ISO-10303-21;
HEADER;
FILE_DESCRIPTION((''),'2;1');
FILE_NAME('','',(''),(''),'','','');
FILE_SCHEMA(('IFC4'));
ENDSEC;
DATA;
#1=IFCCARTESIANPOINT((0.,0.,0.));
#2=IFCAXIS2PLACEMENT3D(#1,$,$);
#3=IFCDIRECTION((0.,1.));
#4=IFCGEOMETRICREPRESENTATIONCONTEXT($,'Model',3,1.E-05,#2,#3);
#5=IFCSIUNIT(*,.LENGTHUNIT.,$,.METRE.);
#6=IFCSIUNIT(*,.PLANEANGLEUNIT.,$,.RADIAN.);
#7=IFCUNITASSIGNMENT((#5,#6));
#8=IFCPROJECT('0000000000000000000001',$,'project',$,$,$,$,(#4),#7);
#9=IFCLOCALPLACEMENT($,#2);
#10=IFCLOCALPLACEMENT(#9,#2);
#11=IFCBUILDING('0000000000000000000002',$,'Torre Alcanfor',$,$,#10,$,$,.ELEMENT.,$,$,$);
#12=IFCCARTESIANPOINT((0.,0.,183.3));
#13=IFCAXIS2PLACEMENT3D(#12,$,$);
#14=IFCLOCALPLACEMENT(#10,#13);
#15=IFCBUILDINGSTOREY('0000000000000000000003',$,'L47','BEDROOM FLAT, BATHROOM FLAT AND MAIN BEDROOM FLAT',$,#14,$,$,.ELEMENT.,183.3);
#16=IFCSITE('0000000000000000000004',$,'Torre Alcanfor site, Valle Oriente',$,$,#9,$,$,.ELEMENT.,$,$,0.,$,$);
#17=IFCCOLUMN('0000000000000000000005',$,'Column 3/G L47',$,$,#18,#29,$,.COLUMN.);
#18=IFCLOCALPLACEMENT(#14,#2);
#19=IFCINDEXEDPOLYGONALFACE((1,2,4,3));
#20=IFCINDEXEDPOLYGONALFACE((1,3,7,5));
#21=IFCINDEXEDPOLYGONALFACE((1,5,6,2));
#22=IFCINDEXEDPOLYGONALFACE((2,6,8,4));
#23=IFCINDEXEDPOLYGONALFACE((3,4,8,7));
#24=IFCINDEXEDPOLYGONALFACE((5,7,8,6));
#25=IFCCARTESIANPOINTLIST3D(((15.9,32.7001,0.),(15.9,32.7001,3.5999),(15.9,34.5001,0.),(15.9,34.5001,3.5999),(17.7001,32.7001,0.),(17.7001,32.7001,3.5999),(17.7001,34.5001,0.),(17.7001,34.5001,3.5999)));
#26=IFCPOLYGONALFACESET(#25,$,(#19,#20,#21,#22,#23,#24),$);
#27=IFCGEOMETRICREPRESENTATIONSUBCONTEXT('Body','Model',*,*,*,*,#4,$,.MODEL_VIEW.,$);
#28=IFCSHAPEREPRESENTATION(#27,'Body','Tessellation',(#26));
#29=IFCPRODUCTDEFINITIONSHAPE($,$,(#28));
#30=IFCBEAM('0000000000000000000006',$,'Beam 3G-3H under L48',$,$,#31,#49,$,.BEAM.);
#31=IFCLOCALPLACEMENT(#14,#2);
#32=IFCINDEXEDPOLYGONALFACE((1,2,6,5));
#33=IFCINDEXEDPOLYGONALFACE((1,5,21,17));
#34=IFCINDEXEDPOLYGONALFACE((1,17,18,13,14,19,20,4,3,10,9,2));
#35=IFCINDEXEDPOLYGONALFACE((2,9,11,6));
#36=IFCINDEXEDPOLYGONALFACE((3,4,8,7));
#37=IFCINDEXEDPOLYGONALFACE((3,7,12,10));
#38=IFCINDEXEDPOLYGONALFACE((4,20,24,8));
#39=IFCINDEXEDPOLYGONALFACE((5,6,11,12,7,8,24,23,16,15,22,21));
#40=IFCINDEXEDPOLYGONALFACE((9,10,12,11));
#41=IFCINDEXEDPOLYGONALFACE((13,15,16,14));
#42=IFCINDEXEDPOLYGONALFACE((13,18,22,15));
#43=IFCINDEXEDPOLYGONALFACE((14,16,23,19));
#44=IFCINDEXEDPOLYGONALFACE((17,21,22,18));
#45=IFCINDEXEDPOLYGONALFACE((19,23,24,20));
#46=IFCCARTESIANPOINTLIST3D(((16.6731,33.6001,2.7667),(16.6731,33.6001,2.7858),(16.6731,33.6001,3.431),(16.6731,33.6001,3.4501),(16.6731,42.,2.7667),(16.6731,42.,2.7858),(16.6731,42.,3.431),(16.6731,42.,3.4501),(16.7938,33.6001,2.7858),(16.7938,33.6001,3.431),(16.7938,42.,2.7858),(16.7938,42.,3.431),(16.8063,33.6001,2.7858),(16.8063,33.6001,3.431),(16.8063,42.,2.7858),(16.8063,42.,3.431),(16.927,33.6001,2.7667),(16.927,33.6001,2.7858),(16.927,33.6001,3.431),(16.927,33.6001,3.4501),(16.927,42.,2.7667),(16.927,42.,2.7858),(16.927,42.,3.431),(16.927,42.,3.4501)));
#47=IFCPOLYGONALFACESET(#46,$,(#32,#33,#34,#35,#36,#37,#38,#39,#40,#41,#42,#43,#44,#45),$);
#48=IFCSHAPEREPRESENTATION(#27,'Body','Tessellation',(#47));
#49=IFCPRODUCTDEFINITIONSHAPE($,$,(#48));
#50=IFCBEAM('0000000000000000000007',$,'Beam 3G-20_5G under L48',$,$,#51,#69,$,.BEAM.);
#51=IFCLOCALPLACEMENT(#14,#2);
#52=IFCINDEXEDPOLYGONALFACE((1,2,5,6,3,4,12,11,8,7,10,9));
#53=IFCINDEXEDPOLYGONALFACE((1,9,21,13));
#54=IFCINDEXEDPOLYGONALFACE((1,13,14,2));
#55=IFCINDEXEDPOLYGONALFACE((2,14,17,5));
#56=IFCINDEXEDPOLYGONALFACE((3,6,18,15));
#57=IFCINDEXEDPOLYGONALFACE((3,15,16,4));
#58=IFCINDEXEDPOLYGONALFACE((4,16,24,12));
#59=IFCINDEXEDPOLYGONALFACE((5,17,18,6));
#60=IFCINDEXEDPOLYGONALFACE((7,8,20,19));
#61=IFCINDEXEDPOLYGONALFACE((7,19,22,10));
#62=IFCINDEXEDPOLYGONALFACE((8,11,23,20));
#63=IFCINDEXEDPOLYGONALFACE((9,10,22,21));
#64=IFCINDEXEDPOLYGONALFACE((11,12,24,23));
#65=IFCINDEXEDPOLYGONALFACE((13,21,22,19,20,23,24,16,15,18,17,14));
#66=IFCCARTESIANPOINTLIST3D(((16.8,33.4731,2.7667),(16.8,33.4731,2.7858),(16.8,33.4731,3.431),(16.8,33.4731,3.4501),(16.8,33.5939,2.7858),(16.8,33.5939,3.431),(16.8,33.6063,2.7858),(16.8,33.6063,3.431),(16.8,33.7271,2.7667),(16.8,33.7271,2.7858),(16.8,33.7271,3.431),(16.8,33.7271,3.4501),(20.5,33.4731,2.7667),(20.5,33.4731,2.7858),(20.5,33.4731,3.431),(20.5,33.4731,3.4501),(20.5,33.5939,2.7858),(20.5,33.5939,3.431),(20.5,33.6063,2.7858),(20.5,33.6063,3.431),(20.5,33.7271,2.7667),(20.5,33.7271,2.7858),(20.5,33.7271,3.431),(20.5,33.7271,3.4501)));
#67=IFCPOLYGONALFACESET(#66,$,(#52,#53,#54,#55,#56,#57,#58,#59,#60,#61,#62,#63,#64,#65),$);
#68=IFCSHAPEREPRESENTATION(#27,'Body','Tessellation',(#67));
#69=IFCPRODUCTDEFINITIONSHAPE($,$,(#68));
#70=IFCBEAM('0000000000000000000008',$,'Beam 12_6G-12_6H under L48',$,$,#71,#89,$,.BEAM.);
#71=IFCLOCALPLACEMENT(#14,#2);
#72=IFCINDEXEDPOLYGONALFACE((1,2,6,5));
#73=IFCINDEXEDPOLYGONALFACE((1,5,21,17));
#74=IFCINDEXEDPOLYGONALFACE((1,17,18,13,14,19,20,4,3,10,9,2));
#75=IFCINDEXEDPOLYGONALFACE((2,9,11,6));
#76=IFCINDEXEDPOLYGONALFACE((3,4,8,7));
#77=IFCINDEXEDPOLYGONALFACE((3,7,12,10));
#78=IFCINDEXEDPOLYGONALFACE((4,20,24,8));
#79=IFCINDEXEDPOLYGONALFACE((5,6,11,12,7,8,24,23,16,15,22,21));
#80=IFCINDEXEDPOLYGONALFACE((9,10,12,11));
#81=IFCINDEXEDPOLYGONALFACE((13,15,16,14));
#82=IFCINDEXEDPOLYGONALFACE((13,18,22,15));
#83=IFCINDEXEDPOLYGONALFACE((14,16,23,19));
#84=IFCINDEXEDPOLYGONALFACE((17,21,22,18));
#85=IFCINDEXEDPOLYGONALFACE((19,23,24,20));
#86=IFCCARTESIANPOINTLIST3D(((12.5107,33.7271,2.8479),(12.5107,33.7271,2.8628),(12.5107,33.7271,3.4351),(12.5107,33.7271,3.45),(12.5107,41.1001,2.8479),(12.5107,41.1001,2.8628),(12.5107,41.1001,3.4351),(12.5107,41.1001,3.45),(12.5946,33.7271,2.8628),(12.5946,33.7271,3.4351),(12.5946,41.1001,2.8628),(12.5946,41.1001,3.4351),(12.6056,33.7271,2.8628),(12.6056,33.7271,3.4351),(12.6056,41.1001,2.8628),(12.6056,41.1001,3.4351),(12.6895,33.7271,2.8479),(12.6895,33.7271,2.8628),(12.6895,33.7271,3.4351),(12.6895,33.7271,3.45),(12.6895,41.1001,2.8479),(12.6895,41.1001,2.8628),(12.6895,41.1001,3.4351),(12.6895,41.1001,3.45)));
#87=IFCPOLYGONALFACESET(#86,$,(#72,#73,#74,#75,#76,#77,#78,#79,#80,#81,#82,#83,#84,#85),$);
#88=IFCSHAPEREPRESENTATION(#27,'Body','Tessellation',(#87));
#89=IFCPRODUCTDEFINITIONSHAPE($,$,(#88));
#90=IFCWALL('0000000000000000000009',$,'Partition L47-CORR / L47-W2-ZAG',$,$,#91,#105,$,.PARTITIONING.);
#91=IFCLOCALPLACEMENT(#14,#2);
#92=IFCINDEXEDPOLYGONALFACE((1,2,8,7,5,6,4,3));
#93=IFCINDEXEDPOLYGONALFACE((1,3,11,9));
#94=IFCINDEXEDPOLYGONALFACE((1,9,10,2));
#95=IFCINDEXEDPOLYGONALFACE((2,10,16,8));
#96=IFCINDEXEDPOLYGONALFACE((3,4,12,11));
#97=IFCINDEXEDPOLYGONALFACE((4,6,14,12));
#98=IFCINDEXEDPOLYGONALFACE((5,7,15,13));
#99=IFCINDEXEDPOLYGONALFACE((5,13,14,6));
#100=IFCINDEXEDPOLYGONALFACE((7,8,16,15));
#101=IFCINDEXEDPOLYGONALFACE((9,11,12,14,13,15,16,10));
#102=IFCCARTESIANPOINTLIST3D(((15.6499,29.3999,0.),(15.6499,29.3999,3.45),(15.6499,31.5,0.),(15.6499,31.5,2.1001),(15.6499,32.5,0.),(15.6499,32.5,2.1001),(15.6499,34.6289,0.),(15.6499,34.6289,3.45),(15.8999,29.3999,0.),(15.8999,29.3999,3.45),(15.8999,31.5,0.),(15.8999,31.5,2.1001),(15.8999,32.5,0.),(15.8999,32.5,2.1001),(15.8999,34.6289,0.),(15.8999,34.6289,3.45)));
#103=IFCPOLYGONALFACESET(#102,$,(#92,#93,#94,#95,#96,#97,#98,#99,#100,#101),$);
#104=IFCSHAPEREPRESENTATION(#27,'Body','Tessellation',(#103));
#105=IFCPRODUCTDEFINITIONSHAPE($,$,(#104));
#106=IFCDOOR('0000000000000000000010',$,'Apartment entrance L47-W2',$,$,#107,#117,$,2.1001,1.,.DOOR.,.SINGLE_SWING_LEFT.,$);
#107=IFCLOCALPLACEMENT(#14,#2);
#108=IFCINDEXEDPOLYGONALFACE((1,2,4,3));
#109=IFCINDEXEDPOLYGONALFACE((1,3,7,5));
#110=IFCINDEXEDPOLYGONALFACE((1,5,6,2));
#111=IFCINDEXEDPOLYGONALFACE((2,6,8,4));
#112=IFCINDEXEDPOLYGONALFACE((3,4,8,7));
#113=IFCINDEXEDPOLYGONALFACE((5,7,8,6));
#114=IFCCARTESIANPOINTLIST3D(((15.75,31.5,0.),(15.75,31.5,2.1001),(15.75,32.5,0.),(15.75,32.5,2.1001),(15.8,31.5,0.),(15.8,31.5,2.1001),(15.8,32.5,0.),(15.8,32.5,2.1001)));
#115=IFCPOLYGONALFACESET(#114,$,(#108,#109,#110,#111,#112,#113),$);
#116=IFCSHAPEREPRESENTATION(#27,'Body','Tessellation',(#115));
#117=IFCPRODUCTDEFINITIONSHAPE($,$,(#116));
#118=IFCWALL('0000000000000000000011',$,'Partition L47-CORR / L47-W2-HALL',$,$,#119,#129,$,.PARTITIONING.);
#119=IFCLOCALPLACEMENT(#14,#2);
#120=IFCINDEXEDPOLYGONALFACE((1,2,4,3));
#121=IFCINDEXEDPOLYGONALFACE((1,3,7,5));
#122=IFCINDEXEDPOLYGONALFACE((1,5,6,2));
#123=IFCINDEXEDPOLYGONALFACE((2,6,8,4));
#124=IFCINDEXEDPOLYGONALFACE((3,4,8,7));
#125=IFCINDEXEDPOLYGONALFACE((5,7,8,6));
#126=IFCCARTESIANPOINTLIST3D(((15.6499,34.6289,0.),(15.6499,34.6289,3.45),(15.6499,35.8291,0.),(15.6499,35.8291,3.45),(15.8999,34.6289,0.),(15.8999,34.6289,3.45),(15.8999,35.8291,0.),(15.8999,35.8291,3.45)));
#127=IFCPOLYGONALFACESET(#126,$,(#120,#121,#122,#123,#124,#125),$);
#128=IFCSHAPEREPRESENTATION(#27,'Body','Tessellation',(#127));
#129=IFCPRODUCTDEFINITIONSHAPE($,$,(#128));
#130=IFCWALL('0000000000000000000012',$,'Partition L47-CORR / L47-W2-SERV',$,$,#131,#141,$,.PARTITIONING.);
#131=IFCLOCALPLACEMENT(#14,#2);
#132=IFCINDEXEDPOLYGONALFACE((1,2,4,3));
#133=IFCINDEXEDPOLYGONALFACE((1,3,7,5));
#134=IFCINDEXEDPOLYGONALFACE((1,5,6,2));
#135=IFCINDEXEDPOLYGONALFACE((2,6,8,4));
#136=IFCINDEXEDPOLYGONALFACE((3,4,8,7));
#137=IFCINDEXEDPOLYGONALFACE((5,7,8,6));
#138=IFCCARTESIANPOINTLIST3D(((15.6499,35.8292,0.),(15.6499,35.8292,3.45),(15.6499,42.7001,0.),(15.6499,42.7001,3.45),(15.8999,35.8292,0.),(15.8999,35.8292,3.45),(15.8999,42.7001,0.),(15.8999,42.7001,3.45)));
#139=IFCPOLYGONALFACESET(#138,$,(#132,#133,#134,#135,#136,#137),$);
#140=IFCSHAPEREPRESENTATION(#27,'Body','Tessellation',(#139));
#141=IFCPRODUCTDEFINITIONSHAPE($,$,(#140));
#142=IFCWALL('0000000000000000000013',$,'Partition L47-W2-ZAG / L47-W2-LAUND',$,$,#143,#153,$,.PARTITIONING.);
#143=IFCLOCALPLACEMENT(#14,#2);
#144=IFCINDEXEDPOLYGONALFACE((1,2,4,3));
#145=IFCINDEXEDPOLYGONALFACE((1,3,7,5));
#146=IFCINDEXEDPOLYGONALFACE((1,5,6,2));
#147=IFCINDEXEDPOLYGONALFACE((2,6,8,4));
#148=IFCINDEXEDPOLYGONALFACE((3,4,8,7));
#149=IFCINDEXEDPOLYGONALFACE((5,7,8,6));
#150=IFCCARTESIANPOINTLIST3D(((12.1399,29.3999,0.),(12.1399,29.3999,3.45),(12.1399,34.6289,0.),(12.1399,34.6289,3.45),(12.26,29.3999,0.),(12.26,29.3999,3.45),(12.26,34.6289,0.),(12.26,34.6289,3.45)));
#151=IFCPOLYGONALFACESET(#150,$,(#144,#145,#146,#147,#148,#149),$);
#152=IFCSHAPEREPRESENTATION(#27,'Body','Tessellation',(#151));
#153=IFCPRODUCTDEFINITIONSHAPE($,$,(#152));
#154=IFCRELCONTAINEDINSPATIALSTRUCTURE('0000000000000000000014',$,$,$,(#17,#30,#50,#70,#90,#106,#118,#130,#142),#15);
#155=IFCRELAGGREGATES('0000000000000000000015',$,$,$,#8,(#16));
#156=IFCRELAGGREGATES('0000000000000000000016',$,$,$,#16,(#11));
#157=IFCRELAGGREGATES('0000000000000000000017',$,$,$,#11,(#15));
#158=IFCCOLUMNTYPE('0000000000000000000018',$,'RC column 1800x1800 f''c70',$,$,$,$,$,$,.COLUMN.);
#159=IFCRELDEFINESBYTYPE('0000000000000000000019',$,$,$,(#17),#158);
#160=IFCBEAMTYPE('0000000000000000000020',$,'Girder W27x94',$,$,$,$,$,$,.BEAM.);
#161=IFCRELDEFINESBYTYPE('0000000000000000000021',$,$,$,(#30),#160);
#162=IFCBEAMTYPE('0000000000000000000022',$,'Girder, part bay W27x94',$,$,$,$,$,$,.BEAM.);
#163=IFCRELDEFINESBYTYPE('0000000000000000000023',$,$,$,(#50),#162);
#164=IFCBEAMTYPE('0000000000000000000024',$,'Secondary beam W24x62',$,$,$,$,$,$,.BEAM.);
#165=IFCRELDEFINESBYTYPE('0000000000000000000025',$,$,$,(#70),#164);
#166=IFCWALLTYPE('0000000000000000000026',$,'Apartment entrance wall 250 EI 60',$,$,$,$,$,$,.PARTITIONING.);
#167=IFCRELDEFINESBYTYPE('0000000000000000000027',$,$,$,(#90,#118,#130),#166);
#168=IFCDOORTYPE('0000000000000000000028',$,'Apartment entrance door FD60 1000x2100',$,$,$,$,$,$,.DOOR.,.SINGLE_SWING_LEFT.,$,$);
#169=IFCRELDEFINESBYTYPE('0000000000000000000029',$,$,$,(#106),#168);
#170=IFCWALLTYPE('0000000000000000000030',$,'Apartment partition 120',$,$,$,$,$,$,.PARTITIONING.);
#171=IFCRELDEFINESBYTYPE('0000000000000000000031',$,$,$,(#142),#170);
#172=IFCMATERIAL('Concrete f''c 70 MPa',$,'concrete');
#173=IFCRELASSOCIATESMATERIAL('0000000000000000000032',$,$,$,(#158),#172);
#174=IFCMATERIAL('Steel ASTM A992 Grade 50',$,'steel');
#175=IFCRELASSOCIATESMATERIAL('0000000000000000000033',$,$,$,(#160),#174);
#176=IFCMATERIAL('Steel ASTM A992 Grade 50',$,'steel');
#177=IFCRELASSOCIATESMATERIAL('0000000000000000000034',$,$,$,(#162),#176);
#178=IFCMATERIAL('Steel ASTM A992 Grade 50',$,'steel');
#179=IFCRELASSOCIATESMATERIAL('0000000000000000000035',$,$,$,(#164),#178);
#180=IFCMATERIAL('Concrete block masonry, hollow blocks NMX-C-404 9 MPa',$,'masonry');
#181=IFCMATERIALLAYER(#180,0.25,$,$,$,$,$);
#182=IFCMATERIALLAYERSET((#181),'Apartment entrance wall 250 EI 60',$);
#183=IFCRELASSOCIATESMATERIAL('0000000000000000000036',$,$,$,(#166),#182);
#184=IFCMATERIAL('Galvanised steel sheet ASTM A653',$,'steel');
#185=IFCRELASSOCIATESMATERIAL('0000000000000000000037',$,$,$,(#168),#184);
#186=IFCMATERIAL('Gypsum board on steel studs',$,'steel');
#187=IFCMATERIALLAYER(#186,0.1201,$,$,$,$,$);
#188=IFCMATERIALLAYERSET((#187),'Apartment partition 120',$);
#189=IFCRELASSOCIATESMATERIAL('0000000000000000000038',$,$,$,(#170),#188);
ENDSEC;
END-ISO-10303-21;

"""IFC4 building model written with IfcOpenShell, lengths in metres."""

from ifc_helpers import new_model, si_unit, direction, frame, frame_2d, origin, origin_2d, place, context, subcontext, project, spatial, rectangle, i_section, extrude, material, layer, layer_set, material_profile, profile_set, type_object, element, fill, save


model = new_model("IFC4")

# Units and contexts
model_context = context("Model", 3, precision=1e-05, world=origin(), true_north=direction((0.0, 1.0)))
body_context = subcontext(model_context, "Body", "Model", "MODEL_VIEW")
ifc_project = project(units=[si_unit("LENGTHUNIT", "METRE"), si_unit("PLANEANGLEUNIT", "RADIAN")], contexts=[model_context])

# Site, building, storey
site_placement = place(None, origin())
site = spatial("IfcSite", under=ifc_project, at=site_placement, Name="Torre Alcanfor site, Valle Oriente", CompositionType="ELEMENT", RefElevation=0.0)
building_placement = place(site_placement, origin())
building = spatial("IfcBuilding", under=site, at=building_placement, Name="Torre Alcanfor", CompositionType="ELEMENT")
storey_placement = place(building_placement, frame((0.0, 0.0, 183.3)))
storey = spatial("IfcBuildingStorey", under=building, at=storey_placement, Name="L47", Description="BEDROOM FLAT, BATHROOM FLAT AND MAIN BEDROOM FLAT", CompositionType="ELEMENT", Elevation=183.3)

# Column
ifc_material_1 = material(Name="Concrete f'c 70 MPa", Category="concrete")
ifc_material_profile_1 = material_profile(ifc_material_1, rectangle(XDim=1.8, YDim=1.8, at=origin_2d()), Name="1800x1800")
ifc_profile_set_1 = profile_set([ifc_material_profile_1], Name="Concrete f'c 70 MPa")
column_type = type_object("IfcColumnType", Name="RC column 1800x1800 f'c70", PredefinedType="COLUMN", material=ifc_profile_set_1)
column_placement = place(storey_placement, frame((16.8, 33.6001, 0.0), z_axis=(0.0, 0.0, 1.0), x_axis=(1.0, 0.0, 0.0)))
element("IfcColumn", 1, at=column_placement, inside=storey, type_object=column_type, Name="Column 3/G L47", PredefinedType="COLUMN", context=body_context, shape_type="SweptSolid", body=[
    extrude(rectangle(XDim=1.8, YDim=1.8, at=origin_2d()), origin(), (0.0, 0.0, 1.0), 3.5999),
])

# Beams
ifc_material_2 = material(Name="Steel ASTM A992 Grade 50", Category="steel")
ifc_material_profile_2 = material_profile(ifc_material_2, i_section(OverallWidth=0.2539, OverallDepth=0.6833, WebThickness=0.0125, FlangeThickness=0.019, at=origin_2d()), Name="W27x94")
ifc_profile_set_2 = profile_set([ifc_material_profile_2], Name="Steel ASTM A992 Grade 50")
beam_type_1 = type_object("IfcBeamType", Name="Girder W27x94", PredefinedType="BEAM", material=ifc_profile_set_2)
beam_1_placement = place(storey_placement, frame((16.8, 33.6001, 3.1084), z_axis=(0.0, 1.0, 0.0), x_axis=(-1.0, 0.0, 0.0)))
element("IfcBeam", 2, at=beam_1_placement, inside=storey, type_object=beam_type_1, Name="Beam 3G-3H under L48", PredefinedType="BEAM", context=body_context, shape_type="SweptSolid", body=[
    extrude(i_section(OverallWidth=0.2539, OverallDepth=0.6833, WebThickness=0.0125, FlangeThickness=0.019, at=origin_2d()), origin(), (0.0, 0.0, 1.0), 8.3999),
])
ifc_material_3 = material(Name="Steel ASTM A992 Grade 50", Category="steel")
ifc_material_profile_3 = material_profile(ifc_material_3, i_section(OverallWidth=0.2539, OverallDepth=0.6833, WebThickness=0.0125, FlangeThickness=0.019, at=origin_2d()), Name="W27x94")
ifc_profile_set_3 = profile_set([ifc_material_profile_3], Name="Steel ASTM A992 Grade 50")
beam_type_2 = type_object("IfcBeamType", Name="Girder, part bay W27x94", PredefinedType="BEAM", material=ifc_profile_set_3)
beam_2_placement = place(storey_placement, frame((16.8, 33.6001, 3.1084), z_axis=(1.0, 0.0, 0.0), x_axis=(0.0, 1.0, 0.0)))
element("IfcBeam", 3, at=beam_2_placement, inside=storey, type_object=beam_type_2, Name="Beam 3G-20_5G under L48", PredefinedType="BEAM", context=body_context, shape_type="SweptSolid", body=[
    extrude(i_section(OverallWidth=0.2539, OverallDepth=0.6833, WebThickness=0.0125, FlangeThickness=0.019, at=origin_2d()), origin(), (0.0, 0.0, 1.0), 3.7),
])
ifc_material_4 = material(Name="Steel ASTM A992 Grade 50", Category="steel")
ifc_material_profile_4 = material_profile(ifc_material_4, i_section(OverallWidth=0.1787, OverallDepth=0.6021, WebThickness=0.011, FlangeThickness=0.0149, at=origin_2d()), Name="W24x62")
ifc_profile_set_4 = profile_set([ifc_material_profile_4], Name="Steel ASTM A992 Grade 50")
beam_type_3 = type_object("IfcBeamType", Name="Secondary beam W24x62", PredefinedType="BEAM", material=ifc_profile_set_4)
beam_3_placement = place(storey_placement, frame((12.6001, 33.7271, 3.1489), z_axis=(0.0, 1.0, 0.0), x_axis=(-1.0, 0.0, 0.0)))
element("IfcBeam", 4, at=beam_3_placement, inside=storey, type_object=beam_type_3, Name="Beam 12_6G-12_6H under L48", PredefinedType="BEAM", context=body_context, shape_type="SweptSolid", body=[
    extrude(i_section(OverallWidth=0.1787, OverallDepth=0.6021, WebThickness=0.011, FlangeThickness=0.0149, at=origin_2d()), origin(), (0.0, 0.0, 1.0), 7.373),
])

# Wall, opening, door
ifc_material_5 = material(Name="Concrete block masonry, hollow blocks NMX-C-404 9 MPa", Category="masonry")
ifc_layer_1 = layer(ifc_material_5, 0.25)
ifc_layer_set_1 = layer_set([ifc_layer_1], Name="Apartment entrance wall 250 EI 60")
wall_type_1 = type_object("IfcWallType", Name="Apartment entrance wall 250 EI 60", PredefinedType="PARTITIONING", material=ifc_layer_set_1)
wall_1_placement = place(storey_placement, frame((15.7749, 29.3999, 0.0), z_axis=(0.0, 0.0, 1.0), x_axis=(0.0, 1.0, 0.0)))
wall_1 = element("IfcWall", 5, at=wall_1_placement, inside=storey, type_object=wall_type_1, Name="Partition L47-CORR / L47-W2-ZAG", PredefinedType="PARTITIONING", context=body_context, shape_type="SweptSolid", body=[
    extrude(rectangle(XDim=5.229, YDim=0.25, at=frame_2d((2.6145, 0.0))), origin(), (0.0, 0.0, 1.0), 3.45),
])
opening_1_placement = place(wall_1_placement, frame((2.1001, 0.0, 0.0)))
opening_1 = element("IfcOpeningElement", 6, at=opening_1_placement, cuts=wall_1, PredefinedType="OPENING", context=body_context, shape_type="SweptSolid", body=[
    extrude(rectangle(XDim=1.0, YDim=2.1001, at=frame_2d((0.5, 1.05))), frame((0.0, 0.135, 0.0), z_axis=(0.0, -1.0, 0.0), x_axis=(1.0, 0.0, 0.0)), (0.0, 0.0, 1.0), 0.27),
])
ifc_material_6 = material(Name="Galvanised steel sheet ASTM A653", Category="steel")
door_type_1 = type_object("IfcDoorType", Name="Apartment entrance door FD60 1000x2100", OperationType="SINGLE_SWING_LEFT", PredefinedType="DOOR", material=ifc_material_6)
door_1_placement = place(opening_1_placement, origin())
door_1 = element("IfcDoor", 7, at=door_1_placement, inside=storey, type_object=door_type_1, Name="Apartment entrance L47-W2", OperationType="SINGLE_SWING_LEFT", OverallHeight=2.1001, OverallWidth=1.0, PredefinedType="DOOR", context=body_context, shape_type="SweptSolid", body=[
    extrude(rectangle(XDim=1.0, YDim=2.1001, at=frame_2d((0.5, 1.05))), frame((0.0, 0.0249, 0.0), z_axis=(0.0, -1.0, 0.0), x_axis=(1.0, 0.0, 0.0)), (0.0, 0.0, 1.0), 0.05),
])
fill(opening_1, door_1)

# Walls
wall_2_placement = place(storey_placement, frame((15.7749, 34.6289, 0.0), z_axis=(0.0, 0.0, 1.0), x_axis=(0.0, 1.0, 0.0)))
element("IfcWall", 8, at=wall_2_placement, inside=storey, type_object=wall_type_1, Name="Partition L47-CORR / L47-W2-HALL", PredefinedType="PARTITIONING", context=body_context, shape_type="SweptSolid", body=[
    extrude(rectangle(XDim=1.2002, YDim=0.25, at=frame_2d((0.6001, 0.0))), origin(), (0.0, 0.0, 1.0), 3.45),
])
wall_3_placement = place(storey_placement, frame((15.7749, 35.8291, 0.0), z_axis=(0.0, 0.0, 1.0), x_axis=(0.0, 1.0, 0.0)))
element("IfcWall", 9, at=wall_3_placement, inside=storey, type_object=wall_type_1, Name="Partition L47-CORR / L47-W2-SERV", PredefinedType="PARTITIONING", context=body_context, shape_type="SweptSolid", body=[
    extrude(rectangle(XDim=6.8708, YDim=0.25, at=frame_2d((3.4355, 0.0))), origin(), (0.0, 0.0, 1.0), 3.45),
])
ifc_material_7 = material(Name="Gypsum board on steel studs", Category="steel")
ifc_layer_2 = layer(ifc_material_7, 0.1201)
ifc_layer_set_2 = layer_set([ifc_layer_2], Name="Apartment partition 120")
wall_type_2 = type_object("IfcWallType", Name="Apartment partition 120", PredefinedType="PARTITIONING", material=ifc_layer_set_2)
wall_4_placement = place(storey_placement, frame((12.2, 29.3999, 0.0), z_axis=(0.0, 0.0, 1.0), x_axis=(0.0, 1.0, 0.0)))
element("IfcWall", 10, at=wall_4_placement, inside=storey, type_object=wall_type_2, Name="Partition L47-W2-ZAG / L47-W2-LAUND", PredefinedType="PARTITIONING", context=body_context, shape_type="SweptSolid", body=[
    extrude(rectangle(XDim=5.229, YDim=0.1201, at=frame_2d((2.6145, 0.0))), origin(), (0.0, 0.0, 1.0), 3.45),
])

save(model, "model.ifc")
